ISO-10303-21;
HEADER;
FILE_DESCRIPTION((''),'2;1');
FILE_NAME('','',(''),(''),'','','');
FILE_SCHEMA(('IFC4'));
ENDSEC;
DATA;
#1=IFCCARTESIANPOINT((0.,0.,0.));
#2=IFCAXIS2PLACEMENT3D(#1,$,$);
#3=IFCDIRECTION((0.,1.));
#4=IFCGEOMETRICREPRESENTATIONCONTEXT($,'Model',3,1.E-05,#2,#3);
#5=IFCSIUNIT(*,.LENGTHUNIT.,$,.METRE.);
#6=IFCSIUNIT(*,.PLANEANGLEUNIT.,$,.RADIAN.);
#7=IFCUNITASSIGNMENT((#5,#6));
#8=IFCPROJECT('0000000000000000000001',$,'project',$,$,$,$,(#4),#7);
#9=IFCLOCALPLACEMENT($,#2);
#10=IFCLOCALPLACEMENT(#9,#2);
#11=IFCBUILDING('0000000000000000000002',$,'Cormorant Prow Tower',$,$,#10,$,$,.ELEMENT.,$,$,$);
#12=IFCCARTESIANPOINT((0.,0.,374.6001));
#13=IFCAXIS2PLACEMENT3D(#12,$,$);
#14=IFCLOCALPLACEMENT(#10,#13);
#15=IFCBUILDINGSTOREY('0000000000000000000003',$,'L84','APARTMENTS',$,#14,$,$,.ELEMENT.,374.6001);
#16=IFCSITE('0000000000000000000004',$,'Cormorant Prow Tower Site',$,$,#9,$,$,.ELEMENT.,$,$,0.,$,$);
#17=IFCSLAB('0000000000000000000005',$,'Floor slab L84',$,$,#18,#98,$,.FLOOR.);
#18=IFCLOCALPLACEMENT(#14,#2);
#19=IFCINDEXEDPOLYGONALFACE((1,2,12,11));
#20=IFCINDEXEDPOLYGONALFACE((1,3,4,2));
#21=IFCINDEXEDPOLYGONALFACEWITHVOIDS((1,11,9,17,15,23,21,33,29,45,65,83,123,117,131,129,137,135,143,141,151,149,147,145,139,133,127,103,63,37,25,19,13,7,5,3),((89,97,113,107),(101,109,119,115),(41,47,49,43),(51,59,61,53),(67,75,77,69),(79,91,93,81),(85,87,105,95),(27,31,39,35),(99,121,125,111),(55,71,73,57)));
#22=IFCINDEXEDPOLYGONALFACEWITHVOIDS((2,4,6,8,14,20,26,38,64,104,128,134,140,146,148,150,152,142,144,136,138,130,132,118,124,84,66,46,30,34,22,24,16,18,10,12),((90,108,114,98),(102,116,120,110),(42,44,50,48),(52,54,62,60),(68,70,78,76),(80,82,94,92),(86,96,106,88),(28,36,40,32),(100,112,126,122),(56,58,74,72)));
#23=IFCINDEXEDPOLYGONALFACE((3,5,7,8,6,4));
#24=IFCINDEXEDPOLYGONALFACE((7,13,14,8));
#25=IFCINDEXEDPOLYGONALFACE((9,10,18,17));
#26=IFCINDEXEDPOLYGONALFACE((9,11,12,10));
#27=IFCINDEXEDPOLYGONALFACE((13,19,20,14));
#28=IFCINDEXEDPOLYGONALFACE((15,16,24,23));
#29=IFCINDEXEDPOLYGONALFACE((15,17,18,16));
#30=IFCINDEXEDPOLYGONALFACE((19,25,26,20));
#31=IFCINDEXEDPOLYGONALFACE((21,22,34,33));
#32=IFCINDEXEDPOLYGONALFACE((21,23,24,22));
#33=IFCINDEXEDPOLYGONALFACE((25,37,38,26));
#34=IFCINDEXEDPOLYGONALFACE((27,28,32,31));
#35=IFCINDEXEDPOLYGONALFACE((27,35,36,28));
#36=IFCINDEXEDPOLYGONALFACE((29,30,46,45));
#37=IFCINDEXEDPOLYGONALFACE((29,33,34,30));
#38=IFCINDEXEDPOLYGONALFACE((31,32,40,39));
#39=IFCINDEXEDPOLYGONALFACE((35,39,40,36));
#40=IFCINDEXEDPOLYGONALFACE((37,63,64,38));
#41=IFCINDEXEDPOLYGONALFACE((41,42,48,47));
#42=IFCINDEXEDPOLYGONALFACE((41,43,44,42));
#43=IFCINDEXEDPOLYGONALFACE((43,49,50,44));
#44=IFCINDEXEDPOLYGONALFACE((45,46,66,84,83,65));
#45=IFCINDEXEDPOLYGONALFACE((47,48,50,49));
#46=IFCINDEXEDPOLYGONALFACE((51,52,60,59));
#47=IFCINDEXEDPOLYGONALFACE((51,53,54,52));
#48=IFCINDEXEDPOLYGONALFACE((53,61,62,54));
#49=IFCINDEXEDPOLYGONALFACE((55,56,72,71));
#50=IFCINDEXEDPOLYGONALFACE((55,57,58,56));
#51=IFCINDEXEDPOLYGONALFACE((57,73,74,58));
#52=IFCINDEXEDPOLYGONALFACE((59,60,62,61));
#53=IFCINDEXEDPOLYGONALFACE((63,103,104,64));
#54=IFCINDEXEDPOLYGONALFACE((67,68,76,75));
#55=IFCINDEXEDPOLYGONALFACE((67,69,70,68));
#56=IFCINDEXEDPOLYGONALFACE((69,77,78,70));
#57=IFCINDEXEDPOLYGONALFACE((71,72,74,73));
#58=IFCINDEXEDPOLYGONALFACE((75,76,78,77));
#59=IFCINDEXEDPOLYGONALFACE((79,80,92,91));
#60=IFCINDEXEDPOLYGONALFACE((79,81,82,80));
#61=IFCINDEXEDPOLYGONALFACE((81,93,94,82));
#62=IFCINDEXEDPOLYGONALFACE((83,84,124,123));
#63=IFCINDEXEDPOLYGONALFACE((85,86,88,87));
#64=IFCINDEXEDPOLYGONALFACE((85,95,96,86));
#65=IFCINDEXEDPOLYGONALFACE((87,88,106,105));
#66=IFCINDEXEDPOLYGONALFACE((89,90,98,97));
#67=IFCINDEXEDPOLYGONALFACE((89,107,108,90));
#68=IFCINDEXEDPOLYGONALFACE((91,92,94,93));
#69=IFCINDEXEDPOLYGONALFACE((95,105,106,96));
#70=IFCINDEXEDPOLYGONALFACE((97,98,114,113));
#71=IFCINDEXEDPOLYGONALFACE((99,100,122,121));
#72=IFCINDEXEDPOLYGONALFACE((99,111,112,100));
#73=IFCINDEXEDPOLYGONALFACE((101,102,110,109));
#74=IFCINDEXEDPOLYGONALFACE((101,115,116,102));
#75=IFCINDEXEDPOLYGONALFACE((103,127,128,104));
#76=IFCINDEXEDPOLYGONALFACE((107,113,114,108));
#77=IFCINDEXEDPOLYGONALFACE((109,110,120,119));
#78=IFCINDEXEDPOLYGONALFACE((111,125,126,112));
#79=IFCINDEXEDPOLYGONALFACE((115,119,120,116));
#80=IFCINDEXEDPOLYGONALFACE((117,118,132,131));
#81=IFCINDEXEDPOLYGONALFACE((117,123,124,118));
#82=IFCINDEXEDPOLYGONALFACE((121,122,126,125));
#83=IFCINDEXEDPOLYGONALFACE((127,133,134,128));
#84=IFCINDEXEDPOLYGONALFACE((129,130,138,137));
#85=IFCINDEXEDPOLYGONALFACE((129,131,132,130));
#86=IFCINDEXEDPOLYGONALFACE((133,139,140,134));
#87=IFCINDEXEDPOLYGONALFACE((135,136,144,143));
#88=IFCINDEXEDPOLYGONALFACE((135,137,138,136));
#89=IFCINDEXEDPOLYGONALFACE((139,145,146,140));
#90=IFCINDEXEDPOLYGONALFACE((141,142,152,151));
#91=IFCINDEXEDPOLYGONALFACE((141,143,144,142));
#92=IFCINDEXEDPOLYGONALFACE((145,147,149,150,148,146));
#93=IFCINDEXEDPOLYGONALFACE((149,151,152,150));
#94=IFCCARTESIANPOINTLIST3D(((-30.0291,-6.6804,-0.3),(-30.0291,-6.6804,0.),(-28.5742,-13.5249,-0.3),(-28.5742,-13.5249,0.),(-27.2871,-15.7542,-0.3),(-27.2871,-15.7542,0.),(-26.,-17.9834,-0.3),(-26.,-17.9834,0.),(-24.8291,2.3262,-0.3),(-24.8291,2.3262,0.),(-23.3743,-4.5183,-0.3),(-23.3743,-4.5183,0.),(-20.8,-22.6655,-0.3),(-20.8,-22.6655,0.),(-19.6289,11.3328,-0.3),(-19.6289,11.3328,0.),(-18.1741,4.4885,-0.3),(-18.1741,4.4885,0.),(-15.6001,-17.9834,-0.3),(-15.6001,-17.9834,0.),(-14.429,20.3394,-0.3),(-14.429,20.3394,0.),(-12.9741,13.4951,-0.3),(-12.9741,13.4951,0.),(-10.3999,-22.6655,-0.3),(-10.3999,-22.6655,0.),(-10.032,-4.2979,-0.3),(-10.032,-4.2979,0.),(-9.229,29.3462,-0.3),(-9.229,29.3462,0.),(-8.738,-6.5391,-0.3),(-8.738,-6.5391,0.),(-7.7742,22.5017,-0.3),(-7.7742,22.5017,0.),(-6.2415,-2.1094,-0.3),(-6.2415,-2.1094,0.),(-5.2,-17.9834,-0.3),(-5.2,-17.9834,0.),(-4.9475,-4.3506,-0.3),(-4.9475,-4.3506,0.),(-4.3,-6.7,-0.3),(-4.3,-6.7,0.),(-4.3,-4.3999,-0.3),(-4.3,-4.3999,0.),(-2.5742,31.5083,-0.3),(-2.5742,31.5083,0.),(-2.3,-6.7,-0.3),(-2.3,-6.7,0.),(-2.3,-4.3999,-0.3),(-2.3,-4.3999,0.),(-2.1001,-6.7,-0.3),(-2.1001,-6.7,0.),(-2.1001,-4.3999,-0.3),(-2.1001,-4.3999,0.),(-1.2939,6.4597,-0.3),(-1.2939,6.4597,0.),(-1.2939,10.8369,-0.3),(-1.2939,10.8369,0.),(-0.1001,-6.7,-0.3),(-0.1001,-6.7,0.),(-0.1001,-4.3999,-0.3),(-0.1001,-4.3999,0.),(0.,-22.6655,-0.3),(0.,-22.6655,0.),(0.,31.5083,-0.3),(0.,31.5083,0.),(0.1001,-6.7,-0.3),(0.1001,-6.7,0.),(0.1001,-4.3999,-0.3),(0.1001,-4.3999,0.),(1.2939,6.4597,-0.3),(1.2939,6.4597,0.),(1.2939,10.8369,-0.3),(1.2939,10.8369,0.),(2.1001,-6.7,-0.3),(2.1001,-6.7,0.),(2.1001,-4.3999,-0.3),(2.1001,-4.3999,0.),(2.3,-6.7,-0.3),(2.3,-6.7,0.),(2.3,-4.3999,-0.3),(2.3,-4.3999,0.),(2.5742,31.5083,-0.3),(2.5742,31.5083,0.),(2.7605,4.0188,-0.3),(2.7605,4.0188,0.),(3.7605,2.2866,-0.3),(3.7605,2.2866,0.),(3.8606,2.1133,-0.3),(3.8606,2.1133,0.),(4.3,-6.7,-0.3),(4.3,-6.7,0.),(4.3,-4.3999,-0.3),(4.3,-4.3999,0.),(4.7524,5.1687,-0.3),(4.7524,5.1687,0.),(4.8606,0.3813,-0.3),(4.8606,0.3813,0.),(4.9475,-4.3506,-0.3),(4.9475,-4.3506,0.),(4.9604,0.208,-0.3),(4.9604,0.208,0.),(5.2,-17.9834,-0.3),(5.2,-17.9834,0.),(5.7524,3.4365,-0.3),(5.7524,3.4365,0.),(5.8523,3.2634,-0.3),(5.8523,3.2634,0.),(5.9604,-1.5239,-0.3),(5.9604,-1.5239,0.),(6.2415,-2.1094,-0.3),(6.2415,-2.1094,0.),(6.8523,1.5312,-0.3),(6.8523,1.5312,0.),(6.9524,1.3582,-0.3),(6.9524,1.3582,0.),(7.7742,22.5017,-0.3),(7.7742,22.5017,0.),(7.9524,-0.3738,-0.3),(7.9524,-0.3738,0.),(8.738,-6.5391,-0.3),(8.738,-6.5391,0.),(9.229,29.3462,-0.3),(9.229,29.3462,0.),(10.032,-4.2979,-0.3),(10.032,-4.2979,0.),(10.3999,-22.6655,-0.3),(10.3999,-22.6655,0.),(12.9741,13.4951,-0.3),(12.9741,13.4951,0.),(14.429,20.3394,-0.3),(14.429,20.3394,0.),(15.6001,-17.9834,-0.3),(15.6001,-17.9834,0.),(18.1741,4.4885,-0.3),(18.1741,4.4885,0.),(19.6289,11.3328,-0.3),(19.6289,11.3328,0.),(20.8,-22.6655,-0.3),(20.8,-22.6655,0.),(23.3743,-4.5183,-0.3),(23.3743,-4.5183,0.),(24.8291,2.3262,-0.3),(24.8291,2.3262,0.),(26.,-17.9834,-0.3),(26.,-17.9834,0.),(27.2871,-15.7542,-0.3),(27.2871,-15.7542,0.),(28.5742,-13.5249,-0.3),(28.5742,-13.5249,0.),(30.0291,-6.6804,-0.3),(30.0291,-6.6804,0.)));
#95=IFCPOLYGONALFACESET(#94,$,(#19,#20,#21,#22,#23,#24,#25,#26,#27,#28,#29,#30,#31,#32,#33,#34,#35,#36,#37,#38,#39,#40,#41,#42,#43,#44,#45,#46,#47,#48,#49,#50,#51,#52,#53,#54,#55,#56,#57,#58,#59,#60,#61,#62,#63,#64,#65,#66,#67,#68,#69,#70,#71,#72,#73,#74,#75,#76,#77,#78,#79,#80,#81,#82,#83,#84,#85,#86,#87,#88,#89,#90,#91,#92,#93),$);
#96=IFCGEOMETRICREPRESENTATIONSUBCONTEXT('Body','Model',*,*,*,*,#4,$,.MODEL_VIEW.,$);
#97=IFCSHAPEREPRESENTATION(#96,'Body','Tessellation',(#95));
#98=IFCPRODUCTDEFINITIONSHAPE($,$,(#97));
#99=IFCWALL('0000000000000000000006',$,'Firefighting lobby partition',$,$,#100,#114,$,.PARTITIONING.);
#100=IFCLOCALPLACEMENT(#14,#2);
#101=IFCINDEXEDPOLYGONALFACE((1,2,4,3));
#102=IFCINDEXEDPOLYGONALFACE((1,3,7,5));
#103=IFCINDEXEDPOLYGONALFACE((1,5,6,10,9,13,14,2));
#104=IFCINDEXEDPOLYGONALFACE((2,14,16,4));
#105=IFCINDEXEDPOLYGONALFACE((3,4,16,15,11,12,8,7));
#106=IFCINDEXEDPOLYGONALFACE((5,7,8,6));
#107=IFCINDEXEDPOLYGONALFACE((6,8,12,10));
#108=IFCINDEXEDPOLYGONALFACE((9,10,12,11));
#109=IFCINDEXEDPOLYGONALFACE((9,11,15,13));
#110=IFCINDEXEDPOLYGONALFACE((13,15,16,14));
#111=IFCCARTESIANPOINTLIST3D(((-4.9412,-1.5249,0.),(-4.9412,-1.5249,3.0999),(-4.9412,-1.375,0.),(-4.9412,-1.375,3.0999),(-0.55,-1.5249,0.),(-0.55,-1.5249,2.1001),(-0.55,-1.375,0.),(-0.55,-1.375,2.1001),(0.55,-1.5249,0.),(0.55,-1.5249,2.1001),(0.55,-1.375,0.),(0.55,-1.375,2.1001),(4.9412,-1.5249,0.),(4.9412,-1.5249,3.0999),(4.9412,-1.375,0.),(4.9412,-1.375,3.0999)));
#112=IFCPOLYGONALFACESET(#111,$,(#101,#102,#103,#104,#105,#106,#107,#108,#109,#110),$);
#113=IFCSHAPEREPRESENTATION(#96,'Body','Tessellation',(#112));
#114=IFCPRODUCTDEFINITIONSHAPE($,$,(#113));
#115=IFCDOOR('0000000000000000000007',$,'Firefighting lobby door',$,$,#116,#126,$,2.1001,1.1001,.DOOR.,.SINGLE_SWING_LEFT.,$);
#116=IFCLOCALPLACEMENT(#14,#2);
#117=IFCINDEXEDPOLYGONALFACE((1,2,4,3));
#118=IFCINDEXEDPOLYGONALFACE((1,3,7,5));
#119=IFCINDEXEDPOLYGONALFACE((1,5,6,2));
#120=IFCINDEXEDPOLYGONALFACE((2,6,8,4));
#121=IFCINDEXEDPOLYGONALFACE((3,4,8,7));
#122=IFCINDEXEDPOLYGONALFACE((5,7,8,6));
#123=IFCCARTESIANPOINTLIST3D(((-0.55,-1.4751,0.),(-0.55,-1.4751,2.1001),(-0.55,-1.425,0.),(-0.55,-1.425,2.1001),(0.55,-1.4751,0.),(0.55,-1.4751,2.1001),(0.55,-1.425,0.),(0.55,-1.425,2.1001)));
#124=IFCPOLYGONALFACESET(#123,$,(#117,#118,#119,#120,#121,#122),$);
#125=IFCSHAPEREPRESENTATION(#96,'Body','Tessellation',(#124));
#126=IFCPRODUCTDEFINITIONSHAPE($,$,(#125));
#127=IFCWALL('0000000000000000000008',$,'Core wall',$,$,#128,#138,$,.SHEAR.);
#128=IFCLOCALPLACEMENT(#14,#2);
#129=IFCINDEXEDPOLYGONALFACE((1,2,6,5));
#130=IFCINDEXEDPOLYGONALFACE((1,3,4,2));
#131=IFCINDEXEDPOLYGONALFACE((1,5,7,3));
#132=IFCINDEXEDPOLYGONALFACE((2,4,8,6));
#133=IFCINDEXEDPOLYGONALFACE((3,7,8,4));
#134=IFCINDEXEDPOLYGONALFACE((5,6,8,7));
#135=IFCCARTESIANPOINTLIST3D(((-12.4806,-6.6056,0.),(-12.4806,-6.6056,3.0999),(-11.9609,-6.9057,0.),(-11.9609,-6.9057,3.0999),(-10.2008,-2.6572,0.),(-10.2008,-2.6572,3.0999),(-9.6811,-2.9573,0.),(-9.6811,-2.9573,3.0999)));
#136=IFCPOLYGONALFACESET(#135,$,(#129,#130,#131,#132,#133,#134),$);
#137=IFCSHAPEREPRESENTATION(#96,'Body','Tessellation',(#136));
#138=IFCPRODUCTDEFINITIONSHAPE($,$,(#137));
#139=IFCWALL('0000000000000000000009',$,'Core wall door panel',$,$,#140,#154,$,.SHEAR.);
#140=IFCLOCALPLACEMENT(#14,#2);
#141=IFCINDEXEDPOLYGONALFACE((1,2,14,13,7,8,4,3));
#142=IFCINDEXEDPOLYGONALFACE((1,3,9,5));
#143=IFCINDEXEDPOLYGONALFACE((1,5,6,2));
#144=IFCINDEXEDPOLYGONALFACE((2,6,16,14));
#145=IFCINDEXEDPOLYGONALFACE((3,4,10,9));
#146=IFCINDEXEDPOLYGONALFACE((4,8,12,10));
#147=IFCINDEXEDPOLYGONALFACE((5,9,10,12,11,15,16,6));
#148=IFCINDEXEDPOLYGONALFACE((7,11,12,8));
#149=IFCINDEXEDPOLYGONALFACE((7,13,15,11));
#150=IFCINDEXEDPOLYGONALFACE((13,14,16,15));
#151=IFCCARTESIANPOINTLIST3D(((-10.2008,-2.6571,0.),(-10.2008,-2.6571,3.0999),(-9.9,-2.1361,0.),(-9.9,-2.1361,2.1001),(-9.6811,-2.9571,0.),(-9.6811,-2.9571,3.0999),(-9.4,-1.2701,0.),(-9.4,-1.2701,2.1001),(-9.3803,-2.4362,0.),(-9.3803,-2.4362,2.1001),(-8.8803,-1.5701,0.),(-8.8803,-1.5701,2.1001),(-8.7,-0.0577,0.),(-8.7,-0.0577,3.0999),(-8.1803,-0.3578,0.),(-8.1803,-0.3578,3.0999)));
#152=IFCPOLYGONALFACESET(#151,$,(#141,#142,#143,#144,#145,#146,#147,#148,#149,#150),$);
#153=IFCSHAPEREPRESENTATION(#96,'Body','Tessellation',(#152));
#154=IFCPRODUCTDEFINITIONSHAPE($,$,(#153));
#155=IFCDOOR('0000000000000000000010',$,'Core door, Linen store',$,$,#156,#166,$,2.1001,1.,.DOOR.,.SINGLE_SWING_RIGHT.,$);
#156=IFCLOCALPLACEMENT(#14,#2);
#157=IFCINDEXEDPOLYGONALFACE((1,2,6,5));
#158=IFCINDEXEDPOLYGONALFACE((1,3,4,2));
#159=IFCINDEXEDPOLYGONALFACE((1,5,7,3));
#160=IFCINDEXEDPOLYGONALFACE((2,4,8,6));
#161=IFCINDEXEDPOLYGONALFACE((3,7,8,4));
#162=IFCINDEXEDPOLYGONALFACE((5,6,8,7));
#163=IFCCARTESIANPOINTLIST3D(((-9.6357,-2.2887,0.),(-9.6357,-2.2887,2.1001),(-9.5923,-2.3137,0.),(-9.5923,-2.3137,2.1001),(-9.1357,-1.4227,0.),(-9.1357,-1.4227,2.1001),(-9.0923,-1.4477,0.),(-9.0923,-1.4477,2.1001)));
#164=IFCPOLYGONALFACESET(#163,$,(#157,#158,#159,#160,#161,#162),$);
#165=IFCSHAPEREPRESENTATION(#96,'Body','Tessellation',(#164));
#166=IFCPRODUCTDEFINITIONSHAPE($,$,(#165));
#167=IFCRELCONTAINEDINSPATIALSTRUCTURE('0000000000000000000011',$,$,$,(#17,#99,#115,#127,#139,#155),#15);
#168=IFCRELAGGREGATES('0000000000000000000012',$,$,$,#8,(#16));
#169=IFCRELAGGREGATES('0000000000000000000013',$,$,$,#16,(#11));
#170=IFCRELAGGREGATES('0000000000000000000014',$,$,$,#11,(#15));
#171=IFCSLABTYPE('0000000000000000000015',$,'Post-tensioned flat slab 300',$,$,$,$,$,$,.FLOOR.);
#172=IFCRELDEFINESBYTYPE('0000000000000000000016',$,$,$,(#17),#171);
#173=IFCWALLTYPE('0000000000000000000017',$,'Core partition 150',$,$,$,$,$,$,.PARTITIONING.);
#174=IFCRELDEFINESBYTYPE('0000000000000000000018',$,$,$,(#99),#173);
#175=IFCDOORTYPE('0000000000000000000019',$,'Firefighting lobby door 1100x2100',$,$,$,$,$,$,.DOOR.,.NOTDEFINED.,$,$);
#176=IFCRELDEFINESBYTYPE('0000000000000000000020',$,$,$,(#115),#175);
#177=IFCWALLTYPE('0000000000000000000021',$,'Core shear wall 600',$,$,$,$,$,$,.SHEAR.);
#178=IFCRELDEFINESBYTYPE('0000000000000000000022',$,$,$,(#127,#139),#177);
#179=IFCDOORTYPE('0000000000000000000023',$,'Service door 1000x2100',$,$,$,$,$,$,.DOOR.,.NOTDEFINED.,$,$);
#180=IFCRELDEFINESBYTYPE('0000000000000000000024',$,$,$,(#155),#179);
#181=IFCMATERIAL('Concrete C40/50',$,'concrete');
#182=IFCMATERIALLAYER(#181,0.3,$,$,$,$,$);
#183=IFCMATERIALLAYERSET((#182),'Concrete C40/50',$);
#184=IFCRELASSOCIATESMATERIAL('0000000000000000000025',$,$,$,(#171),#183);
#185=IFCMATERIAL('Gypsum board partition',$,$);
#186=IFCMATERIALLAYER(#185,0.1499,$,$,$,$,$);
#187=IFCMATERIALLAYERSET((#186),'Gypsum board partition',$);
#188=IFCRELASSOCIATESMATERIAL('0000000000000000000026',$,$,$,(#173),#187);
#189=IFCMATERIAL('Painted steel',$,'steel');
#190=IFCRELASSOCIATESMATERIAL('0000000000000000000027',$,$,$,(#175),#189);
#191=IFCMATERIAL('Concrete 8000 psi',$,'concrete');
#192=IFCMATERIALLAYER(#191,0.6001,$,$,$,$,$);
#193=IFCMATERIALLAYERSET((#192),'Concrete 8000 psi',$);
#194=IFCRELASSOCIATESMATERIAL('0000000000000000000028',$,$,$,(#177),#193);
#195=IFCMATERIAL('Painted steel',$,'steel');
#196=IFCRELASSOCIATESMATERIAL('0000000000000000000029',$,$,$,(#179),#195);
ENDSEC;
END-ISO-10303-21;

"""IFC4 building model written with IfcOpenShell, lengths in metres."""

from ifc_helpers import new_model, si_unit, direction, frame, frame_2d, origin, place, context, subcontext, project, spatial, polyline, rectangle, outline, extrude, material, layer, layer_set, type_object, element, fill, save


model = new_model("IFC4")

# Units and contexts
model_context = context("Model", 3, precision=1e-05, world=origin(), true_north=direction((0.0, 1.0)))
body_context = subcontext(model_context, "Body", "Model", "MODEL_VIEW")
ifc_project = project(units=[si_unit("LENGTHUNIT", "METRE"), si_unit("PLANEANGLEUNIT", "RADIAN")], contexts=[model_context])

# Site, building, storey
site_placement = place(None, origin())
site = spatial("IfcSite", under=ifc_project, at=site_placement, Name="Cormorant Prow Tower Site", CompositionType="ELEMENT", RefElevation=0.0)
building_placement = place(site_placement, origin())
building = spatial("IfcBuilding", under=site, at=building_placement, Name="Cormorant Prow Tower", CompositionType="ELEMENT")
storey_placement = place(building_placement, frame((0.0, 0.0, 374.6001)))
storey = spatial("IfcBuildingStorey", under=building, at=storey_placement, Name="L84", Description="APARTMENTS", CompositionType="ELEMENT", Elevation=374.6001)

# Slab
ifc_material_1 = material(Name="Concrete C40/50", Category="concrete")
ifc_layer_1 = layer(ifc_material_1, 0.3)
ifc_layer_set_1 = layer_set([ifc_layer_1], Name="Concrete C40/50")
slab_type_1 = type_object("IfcSlabType", Name="Post-tensioned flat slab 300", PredefinedType="FLOOR", material=ifc_layer_set_1)
slab_1_placement = place(storey_placement, frame((0.0, 0.0, -0.3)))
element("IfcSlab", 1, at=slab_1_placement, inside=storey, type_object=slab_type_1, Name="Floor slab L84", PredefinedType="FLOOR", context=body_context, shape_type="SweptSolid", body=[
    extrude(outline(polyline([(-7.7742, 22.5017), (-14.429, 20.3394), (-12.9741, 13.4951), (-19.6289, 11.3328), (-18.1741, 4.4885), (-24.8291, 2.3262), (-23.3743, -4.5183), (-30.0291, -6.6804), (-28.5742, -13.5249), (-27.2871, -15.7542), (-26.0, -17.9834), (-20.8, -22.6655), (-15.6001, -17.9834), (-10.3999, -22.6655), (-5.2, -17.9834), (0.0, -22.6655), (5.2, -17.9834), (10.3999, -22.6655), (15.6001, -17.9834), (20.8, -22.6655), (26.0, -17.9834), (27.2871, -15.7542), (28.5742, -13.5249), (30.0291, -6.6804), (23.3743, -4.5183), (24.8291, 2.3262), (18.1741, 4.4885), (19.6289, 11.3328), (12.9741, 13.4951), (14.429, 20.3394), (7.7742, 22.5017), (9.229, 29.3462), (2.5742, 31.5083), (0.0, 31.5083), (-2.5742, 31.5083), (-9.229, 29.3462), (-7.7742, 22.5017)]), holes=[polyline([(-4.3, -4.3999), (-2.3, -4.3999), (-2.3, -6.7), (-4.3, -6.7), (-4.3, -4.3999)]), polyline([(-0.1001, -4.3999), (-0.1001, -6.7), (-2.1001, -6.7), (-2.1001, -4.3999), (-0.1001, -4.3999)]), polyline([(2.1001, -6.7), (0.1001, -6.7), (0.1001, -4.3999), (2.1001, -4.3999), (2.1001, -6.7)]), polyline([(2.3, -6.7), (2.3, -4.3999), (4.3, -4.3999), (4.3, -6.7), (2.3, -6.7)]), polyline([(5.9604, -1.5239), (4.9604, 0.208), (6.9524, 1.3582), (7.9524, -0.3738), (5.9604, -1.5239)]), polyline([(3.8606, 2.1133), (5.8523, 3.2634), (6.8523, 1.5312), (4.8606, 0.3813), (3.8606, 2.1133)]), polyline([(4.7524, 5.1687), (5.7524, 3.4365), (3.7605, 2.2866), (2.7605, 4.0188), (4.7524, 5.1687)]), polyline([(-4.9475, -4.3506), (-8.738, -6.5391), (-10.032, -4.2979), (-6.2415, -2.1094), (-4.9475, -4.3506)]), polyline([(10.032, -4.2979), (8.738, -6.5391), (4.9475, -4.3506), (6.2415, -2.1094), (10.032, -4.2979)]), polyline([(1.2939, 10.8369), (1.2939, 6.4597), (-1.2939, 6.4597), (-1.2939, 10.8369), (1.2939, 10.8369)])]), origin(), (0.0, 0.0, 1.0), 0.3),
])

# Wall, opening, door
ifc_material_2 = material(Name="Gypsum board partition")
ifc_layer_2 = layer(ifc_material_2, 0.1499)
ifc_layer_set_2 = layer_set([ifc_layer_2], Name="Gypsum board partition")
wall_type_1 = type_object("IfcWallType", Name="Core partition 150", PredefinedType="PARTITIONING", material=ifc_layer_set_2)
wall_1_placement = place(storey_placement, frame((-4.9412, -1.45, 0.0), z_axis=(0.0, 0.0, 1.0), x_axis=(1.0, 0.0, 0.0)))
wall_1 = element("IfcWall", 2, at=wall_1_placement, inside=storey, type_object=wall_type_1, Name="Firefighting lobby partition", PredefinedType="PARTITIONING", context=body_context, shape_type="SweptSolid", body=[
    extrude(rectangle(XDim=9.8823, YDim=0.1499, at=frame_2d((4.9412, 0.0))), origin(), (0.0, 0.0, 1.0), 3.0999),
])
opening_1_placement = place(wall_1_placement, frame((4.3911, 0.0, 0.0)))
opening_1 = element("IfcOpeningElement", 3, at=opening_1_placement, cuts=wall_1, PredefinedType="OPENING", context=body_context, shape_type="SweptSolid", body=[
    extrude(rectangle(XDim=1.1001, YDim=2.1001, at=frame_2d((0.55, 1.05))), frame((0.0, 0.085, 0.0), z_axis=(0.0, -1.0, 0.0), x_axis=(1.0, 0.0, 0.0)), (0.0, 0.0, 1.0), 0.1699),
])
ifc_material_3 = material(Name="Painted steel", Category="steel")
door_type_1 = type_object("IfcDoorType", Name="Firefighting lobby door 1100x2100", OperationType="NOTDEFINED", PredefinedType="DOOR", material=ifc_material_3)
door_1_placement = place(opening_1_placement, origin())
door_1 = element("IfcDoor", 4, at=door_1_placement, inside=storey, type_object=door_type_1, Name="Firefighting lobby door", OperationType="SINGLE_SWING_LEFT", OverallHeight=2.1001, OverallWidth=1.1001, PredefinedType="DOOR", context=body_context, shape_type="SweptSolid", body=[
    extrude(rectangle(XDim=1.1001, YDim=2.1001, at=frame_2d((0.55, 1.05))), frame((0.0, 0.0249, 0.0), z_axis=(0.0, -1.0, 0.0), x_axis=(1.0, 0.0, 0.0)), (0.0, 0.0, 1.0), 0.05),
])
fill(opening_1, door_1)

# Wall
ifc_material_4 = material(Name="Concrete 8000 psi", Category="concrete")
ifc_layer_3 = layer(ifc_material_4, 0.6001)
ifc_layer_set_3 = layer_set([ifc_layer_3], Name="Concrete 8000 psi")
wall_type_2 = type_object("IfcWallType", Name="Core shear wall 600", PredefinedType="SHEAR", material=ifc_layer_set_3)
wall_2_placement = place(storey_placement, frame((-9.9409, -2.8071, 0.0), z_axis=(0.0, 0.0, 1.0), x_axis=(-0.500021, -0.866013, 0.0)))
element("IfcWall", 5, at=wall_2_placement, inside=storey, type_object=wall_type_2, Name="Core wall", PredefinedType="SHEAR", context=body_context, shape_type="SweptSolid", body=[
    extrude(rectangle(XDim=4.5593, YDim=0.6001, at=frame_2d((2.2798, 0.0))), origin(), (0.0, 0.0, 1.0), 3.0999),
])

# Wall, opening, door
wall_3_placement = place(storey_placement, frame((-8.4402, -0.2078, 0.0), z_axis=(0.0, 0.0, 1.0), x_axis=(-0.499997, -0.866027, 0.0)))
wall_3 = element("IfcWall", 6, at=wall_3_placement, inside=storey, type_object=wall_type_2, Name="Core wall door panel", PredefinedType="SHEAR", context=body_context, shape_type="SweptSolid", body=[
    extrude(rectangle(XDim=3.0015, YDim=0.6001, at=frame_2d((1.5007, 0.0))), origin(), (0.0, 0.0, 1.0), 3.0999),
])
opening_2_placement = place(wall_3_placement, frame((1.3999, 0.0, 0.0)))
opening_2 = element("IfcOpeningElement", 7, at=opening_2_placement, cuts=wall_3, PredefinedType="OPENING", context=body_context, shape_type="SweptSolid", body=[
    extrude(rectangle(XDim=1.0, YDim=2.1001, at=frame_2d((0.5, 1.05))), frame((0.0, 0.3101, 0.0), z_axis=(0.0, -1.0, 0.0), x_axis=(1.0, 0.0, 0.0)), (0.0, 0.0, 1.0), 0.6201),
])
ifc_material_5 = material(Name="Painted steel", Category="steel")
door_type_2 = type_object("IfcDoorType", Name="Service door 1000x2100", OperationType="NOTDEFINED", PredefinedType="DOOR", material=ifc_material_5)
door_2_placement = place(opening_2_placement, origin())
door_2 = element("IfcDoor", 8, at=door_2_placement, inside=storey, type_object=door_type_2, Name="Core door, Linen store", OperationType="SINGLE_SWING_RIGHT", OverallHeight=2.1001, OverallWidth=1.0, PredefinedType="DOOR", context=body_context, shape_type="SweptSolid", body=[
    extrude(rectangle(XDim=1.0, YDim=2.1001, at=frame_2d((0.5, 1.05))), frame((0.0, 0.0552, 0.0), z_axis=(0.0, -1.0, 0.0), x_axis=(1.0, 0.0, 0.0)), (0.0, 0.0, 1.0), 0.05),
])
fill(opening_2, door_2)

save(model, "model.ifc")
